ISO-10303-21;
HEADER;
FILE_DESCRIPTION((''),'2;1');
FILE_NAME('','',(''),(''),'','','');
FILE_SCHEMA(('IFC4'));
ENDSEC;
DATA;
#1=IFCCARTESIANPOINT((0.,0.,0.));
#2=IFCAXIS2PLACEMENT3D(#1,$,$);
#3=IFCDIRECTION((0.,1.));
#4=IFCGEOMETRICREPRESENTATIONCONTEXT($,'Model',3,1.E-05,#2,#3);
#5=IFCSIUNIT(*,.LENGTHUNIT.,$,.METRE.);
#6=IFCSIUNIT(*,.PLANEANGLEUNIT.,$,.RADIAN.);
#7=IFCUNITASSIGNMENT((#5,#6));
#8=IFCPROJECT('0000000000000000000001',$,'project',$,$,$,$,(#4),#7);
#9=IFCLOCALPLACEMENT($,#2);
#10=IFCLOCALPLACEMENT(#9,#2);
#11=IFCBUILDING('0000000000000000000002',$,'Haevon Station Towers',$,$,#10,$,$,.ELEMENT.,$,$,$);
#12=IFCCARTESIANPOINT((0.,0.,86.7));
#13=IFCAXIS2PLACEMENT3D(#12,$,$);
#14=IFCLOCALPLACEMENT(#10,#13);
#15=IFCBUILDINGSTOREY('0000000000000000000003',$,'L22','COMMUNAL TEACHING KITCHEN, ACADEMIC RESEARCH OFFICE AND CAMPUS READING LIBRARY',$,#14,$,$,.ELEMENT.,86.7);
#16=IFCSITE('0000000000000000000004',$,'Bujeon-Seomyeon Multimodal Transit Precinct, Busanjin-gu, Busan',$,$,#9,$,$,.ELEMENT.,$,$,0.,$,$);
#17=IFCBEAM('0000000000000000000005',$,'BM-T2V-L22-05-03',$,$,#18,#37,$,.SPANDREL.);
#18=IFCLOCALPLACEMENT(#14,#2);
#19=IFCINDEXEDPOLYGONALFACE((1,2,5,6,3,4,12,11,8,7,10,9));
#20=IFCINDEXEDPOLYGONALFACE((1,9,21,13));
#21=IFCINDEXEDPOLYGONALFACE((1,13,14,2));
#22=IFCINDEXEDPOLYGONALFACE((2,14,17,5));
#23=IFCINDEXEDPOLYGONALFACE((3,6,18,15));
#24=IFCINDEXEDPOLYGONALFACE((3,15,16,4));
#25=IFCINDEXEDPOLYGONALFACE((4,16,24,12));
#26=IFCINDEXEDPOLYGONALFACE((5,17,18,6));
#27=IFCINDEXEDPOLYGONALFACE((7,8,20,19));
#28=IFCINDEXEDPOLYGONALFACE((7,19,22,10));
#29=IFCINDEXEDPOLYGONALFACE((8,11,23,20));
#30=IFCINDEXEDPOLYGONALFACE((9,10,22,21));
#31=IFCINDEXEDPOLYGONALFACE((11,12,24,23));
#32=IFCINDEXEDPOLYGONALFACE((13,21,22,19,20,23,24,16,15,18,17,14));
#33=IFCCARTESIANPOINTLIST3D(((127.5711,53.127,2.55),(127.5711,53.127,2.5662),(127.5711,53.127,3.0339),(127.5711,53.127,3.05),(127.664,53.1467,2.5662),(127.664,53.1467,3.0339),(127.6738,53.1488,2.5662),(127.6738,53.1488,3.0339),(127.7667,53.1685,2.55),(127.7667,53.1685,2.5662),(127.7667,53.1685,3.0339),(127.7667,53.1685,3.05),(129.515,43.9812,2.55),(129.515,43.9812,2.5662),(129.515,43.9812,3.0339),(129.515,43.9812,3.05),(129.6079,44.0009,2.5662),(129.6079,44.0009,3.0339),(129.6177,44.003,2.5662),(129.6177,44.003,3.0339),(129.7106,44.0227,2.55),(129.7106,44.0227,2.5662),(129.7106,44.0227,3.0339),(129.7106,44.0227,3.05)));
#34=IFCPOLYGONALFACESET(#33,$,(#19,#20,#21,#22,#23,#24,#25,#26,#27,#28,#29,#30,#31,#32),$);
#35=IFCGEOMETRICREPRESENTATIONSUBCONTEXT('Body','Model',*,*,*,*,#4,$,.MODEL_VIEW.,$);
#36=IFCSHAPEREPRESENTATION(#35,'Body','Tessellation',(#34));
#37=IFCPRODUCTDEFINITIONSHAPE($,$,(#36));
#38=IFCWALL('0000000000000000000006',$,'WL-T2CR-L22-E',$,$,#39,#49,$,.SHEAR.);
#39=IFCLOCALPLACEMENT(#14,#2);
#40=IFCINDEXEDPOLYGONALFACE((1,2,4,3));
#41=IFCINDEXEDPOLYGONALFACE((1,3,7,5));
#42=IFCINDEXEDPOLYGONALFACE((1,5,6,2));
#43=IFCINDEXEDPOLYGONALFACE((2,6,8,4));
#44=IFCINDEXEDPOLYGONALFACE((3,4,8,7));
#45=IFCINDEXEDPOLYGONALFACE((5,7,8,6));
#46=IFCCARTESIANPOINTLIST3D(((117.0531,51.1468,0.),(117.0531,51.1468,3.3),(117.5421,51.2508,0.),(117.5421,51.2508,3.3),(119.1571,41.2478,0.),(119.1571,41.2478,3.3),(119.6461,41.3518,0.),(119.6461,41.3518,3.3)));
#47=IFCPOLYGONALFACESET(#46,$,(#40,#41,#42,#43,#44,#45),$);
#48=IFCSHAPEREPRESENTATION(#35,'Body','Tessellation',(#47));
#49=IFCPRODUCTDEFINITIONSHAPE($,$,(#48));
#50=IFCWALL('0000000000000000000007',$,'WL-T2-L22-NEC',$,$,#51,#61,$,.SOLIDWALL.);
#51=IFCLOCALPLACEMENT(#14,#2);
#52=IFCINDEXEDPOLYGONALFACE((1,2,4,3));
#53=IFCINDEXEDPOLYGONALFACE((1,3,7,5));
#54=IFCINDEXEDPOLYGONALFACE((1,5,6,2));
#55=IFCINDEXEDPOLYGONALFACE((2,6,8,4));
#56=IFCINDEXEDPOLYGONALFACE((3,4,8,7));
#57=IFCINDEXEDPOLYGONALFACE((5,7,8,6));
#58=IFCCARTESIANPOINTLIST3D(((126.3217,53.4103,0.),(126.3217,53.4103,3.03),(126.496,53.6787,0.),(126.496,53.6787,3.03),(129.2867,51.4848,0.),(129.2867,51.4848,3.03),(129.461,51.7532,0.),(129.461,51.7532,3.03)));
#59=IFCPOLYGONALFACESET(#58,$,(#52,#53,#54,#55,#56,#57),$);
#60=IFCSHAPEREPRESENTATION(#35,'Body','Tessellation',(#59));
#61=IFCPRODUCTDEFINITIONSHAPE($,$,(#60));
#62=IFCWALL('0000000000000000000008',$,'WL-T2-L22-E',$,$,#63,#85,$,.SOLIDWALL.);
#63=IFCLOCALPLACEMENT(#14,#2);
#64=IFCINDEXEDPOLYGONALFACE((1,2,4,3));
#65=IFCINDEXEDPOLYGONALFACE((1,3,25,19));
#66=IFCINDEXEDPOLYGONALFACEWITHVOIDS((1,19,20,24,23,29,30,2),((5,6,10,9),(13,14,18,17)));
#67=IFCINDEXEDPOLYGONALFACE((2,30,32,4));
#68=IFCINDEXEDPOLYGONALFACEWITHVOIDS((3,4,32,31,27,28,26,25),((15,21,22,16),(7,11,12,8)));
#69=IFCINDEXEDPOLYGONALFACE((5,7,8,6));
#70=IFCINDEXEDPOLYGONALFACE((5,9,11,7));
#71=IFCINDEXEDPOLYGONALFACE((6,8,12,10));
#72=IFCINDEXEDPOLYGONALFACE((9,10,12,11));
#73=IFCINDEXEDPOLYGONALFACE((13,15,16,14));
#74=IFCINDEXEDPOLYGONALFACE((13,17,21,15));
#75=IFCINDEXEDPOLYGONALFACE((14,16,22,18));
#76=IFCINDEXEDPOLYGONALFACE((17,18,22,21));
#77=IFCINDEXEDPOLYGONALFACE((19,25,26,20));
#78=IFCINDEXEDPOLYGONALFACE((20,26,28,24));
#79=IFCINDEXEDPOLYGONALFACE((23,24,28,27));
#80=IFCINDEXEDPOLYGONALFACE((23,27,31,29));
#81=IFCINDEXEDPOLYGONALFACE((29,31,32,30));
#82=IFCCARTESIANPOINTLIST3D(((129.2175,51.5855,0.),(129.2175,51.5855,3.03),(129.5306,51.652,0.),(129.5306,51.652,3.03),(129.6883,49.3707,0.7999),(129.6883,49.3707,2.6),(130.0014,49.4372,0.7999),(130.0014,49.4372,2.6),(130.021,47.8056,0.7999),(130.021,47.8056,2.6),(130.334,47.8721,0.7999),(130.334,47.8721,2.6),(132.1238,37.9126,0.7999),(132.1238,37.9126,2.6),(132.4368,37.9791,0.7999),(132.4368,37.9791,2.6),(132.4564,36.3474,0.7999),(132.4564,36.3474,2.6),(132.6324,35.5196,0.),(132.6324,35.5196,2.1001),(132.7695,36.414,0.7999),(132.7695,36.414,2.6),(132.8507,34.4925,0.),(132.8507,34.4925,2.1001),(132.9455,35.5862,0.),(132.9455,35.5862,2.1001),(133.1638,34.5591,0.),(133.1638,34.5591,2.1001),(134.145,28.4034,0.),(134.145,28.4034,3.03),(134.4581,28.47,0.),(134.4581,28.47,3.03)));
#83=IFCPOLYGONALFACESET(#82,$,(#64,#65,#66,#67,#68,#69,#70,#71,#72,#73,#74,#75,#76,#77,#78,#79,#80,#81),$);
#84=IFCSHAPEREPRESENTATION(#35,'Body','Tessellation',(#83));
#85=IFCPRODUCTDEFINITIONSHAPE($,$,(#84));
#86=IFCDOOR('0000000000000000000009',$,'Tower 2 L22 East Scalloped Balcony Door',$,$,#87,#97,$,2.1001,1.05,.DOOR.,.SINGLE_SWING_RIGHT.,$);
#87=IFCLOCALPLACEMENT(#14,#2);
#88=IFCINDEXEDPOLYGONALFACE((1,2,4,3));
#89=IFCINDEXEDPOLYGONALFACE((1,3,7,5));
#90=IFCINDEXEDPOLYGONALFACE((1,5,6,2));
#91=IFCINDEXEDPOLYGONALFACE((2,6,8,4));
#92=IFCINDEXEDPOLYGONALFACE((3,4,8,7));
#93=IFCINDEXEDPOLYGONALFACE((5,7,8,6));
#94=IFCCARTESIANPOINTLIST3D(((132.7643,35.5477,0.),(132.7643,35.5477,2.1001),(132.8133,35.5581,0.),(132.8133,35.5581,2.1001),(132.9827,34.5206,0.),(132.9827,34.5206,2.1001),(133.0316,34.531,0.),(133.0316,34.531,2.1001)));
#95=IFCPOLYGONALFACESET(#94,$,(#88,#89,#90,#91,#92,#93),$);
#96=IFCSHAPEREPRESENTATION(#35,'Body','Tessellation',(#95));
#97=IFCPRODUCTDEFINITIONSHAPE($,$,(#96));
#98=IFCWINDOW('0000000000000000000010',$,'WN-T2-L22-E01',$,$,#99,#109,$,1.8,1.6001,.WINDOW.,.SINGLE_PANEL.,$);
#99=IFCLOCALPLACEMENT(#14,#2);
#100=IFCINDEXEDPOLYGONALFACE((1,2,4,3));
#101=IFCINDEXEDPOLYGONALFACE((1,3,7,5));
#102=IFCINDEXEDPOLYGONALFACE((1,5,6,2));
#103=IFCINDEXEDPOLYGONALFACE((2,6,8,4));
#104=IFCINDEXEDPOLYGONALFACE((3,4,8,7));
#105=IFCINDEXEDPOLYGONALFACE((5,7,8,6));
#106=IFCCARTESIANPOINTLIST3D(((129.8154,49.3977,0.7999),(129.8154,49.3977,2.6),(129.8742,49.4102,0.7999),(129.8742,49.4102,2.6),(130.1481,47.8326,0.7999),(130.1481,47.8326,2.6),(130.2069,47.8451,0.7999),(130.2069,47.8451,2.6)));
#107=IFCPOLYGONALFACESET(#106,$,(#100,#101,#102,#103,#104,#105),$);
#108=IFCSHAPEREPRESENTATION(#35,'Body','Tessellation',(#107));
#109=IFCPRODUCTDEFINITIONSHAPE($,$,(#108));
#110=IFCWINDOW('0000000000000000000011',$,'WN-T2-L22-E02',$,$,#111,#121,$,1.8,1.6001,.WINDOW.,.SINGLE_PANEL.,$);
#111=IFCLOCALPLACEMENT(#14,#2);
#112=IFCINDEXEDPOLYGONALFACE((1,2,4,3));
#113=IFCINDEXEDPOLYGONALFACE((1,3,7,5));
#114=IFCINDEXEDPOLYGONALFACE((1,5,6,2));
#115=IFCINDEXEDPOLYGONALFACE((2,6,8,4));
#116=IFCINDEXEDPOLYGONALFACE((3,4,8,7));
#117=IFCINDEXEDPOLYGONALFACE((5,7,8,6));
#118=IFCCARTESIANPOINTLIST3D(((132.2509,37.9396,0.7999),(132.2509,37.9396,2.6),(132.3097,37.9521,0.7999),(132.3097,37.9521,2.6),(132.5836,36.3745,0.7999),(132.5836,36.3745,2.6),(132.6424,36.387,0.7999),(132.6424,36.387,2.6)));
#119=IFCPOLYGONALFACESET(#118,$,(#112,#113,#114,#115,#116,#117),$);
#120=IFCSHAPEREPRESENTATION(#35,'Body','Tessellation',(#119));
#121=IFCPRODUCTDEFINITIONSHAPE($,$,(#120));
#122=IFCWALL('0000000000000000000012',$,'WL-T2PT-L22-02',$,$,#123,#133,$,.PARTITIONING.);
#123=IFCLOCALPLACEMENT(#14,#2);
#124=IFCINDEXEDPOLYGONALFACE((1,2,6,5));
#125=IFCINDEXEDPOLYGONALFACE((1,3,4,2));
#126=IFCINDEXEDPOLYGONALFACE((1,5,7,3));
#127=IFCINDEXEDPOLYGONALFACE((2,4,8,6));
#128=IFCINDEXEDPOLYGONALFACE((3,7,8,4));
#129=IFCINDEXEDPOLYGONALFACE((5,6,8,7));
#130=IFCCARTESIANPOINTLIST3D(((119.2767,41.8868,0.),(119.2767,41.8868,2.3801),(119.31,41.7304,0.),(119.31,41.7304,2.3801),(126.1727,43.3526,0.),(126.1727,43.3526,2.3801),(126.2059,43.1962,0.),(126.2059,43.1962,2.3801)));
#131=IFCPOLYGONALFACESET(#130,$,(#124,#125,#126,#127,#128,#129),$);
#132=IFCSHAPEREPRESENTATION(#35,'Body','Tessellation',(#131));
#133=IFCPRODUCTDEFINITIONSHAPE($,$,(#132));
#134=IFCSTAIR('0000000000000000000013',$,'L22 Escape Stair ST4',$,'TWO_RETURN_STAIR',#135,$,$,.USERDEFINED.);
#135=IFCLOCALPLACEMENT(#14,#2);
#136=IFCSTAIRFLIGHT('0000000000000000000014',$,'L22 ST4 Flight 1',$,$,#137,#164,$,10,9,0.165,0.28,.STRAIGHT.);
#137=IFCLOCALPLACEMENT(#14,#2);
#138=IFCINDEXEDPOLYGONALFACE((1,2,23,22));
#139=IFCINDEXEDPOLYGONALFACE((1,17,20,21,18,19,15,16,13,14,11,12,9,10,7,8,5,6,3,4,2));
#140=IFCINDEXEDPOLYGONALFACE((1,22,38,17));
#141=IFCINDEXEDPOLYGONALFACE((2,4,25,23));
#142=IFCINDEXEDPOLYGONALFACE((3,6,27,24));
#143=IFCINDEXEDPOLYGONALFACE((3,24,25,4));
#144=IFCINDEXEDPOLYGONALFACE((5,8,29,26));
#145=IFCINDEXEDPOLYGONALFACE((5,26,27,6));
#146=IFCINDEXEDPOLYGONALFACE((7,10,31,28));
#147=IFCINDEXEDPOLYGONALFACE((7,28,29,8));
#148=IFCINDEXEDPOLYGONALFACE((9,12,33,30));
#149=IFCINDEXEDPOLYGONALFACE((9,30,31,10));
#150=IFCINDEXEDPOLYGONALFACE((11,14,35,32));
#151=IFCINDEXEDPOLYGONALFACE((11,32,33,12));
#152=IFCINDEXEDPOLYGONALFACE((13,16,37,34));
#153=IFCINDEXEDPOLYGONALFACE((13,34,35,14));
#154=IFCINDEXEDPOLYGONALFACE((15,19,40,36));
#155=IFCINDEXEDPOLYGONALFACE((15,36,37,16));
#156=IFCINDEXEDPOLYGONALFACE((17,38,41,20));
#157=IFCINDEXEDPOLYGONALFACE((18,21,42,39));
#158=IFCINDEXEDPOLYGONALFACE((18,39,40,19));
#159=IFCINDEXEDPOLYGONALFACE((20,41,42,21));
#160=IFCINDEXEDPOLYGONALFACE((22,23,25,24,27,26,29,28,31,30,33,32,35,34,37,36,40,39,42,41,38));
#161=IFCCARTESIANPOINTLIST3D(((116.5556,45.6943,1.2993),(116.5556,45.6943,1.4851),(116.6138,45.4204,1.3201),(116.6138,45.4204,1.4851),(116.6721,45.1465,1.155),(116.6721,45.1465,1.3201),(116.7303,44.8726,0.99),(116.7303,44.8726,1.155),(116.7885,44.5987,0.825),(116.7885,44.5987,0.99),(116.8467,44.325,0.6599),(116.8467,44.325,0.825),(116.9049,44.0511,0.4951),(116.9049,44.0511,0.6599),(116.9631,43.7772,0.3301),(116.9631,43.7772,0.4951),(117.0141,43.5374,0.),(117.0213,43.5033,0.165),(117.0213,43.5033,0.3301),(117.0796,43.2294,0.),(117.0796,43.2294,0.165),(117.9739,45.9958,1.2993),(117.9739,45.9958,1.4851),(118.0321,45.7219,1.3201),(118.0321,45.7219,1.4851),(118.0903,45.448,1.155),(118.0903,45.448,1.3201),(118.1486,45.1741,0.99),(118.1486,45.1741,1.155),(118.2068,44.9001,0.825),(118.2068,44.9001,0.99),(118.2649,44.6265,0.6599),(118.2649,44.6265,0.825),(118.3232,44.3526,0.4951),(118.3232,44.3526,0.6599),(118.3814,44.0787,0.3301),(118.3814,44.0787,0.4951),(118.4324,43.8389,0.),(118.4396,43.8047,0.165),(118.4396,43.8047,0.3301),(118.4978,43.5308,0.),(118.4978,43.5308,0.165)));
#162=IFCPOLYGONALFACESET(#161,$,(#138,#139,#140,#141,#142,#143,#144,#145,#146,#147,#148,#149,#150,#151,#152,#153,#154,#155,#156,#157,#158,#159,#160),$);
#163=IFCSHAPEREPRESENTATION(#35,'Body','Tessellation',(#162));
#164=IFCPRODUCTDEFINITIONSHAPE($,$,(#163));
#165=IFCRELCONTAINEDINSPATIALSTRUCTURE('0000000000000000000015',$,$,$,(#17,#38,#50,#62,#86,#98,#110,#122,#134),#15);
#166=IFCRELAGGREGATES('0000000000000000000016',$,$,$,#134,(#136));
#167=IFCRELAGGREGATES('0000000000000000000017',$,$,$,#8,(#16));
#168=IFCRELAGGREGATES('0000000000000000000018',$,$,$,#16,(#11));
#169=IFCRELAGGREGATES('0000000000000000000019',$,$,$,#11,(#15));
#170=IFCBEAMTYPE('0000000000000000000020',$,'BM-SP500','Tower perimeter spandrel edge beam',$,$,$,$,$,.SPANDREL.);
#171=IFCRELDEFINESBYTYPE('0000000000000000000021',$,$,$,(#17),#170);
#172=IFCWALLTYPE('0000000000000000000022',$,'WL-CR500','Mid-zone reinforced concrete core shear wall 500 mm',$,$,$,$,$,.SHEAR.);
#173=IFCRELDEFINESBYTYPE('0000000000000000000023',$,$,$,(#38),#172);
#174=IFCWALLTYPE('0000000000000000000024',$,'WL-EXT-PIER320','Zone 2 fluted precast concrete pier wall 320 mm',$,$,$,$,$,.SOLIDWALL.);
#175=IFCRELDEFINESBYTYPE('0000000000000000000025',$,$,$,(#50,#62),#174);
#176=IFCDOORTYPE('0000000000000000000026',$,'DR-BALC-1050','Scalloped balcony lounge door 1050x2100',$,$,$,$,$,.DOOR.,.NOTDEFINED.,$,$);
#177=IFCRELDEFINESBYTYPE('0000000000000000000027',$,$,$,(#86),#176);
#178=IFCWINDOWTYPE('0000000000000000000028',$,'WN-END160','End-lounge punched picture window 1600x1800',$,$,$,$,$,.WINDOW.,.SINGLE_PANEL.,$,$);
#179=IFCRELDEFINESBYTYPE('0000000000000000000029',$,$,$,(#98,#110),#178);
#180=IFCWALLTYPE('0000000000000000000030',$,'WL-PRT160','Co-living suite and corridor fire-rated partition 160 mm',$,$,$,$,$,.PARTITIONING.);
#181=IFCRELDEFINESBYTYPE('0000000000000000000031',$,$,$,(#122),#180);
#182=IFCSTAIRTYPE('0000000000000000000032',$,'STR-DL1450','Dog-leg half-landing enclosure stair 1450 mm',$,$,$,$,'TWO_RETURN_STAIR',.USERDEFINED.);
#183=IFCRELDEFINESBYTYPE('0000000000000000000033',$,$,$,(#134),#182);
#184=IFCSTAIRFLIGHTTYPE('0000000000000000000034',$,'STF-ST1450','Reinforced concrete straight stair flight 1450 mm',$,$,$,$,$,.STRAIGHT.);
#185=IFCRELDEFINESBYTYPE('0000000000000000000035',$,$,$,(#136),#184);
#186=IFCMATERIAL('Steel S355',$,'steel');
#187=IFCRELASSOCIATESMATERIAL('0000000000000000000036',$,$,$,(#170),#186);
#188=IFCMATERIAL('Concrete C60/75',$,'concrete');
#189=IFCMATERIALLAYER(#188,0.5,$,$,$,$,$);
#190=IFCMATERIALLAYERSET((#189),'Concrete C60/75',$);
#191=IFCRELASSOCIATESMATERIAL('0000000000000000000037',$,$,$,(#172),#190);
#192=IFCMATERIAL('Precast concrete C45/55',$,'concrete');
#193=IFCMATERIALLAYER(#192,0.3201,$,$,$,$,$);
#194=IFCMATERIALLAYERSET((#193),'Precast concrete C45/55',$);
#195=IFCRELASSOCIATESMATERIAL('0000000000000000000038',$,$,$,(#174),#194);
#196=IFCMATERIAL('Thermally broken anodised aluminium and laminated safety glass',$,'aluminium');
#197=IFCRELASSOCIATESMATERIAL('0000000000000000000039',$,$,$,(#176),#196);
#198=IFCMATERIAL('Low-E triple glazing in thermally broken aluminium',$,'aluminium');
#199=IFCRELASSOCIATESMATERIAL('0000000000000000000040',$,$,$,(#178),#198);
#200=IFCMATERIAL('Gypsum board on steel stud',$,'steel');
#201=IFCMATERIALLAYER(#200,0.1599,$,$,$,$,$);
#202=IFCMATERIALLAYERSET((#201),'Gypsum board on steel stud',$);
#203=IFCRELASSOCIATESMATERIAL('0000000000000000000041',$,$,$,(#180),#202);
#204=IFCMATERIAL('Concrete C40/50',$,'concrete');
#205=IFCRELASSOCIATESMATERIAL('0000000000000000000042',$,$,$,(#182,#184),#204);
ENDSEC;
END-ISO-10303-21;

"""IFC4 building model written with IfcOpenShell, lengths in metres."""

from ifc_helpers import new_model, si_unit, direction, frame, frame_2d, origin, origin_2d, place, context, subcontext, project, spatial, polyline, rectangle, i_section, outline, extrude, material, layer, layer_set, material_profile, profile_set, type_object, element, fill, aggregate, save


model = new_model("IFC4")

# Units and contexts
model_context = context("Model", 3, precision=1e-05, world=origin(), true_north=direction((0.0, 1.0)))
body_context = subcontext(model_context, "Body", "Model", "MODEL_VIEW")
ifc_project = project(units=[si_unit("LENGTHUNIT", "METRE"), si_unit("PLANEANGLEUNIT", "RADIAN")], contexts=[model_context])

# Site, building, storey
site_placement = place(None, origin())
site = spatial("IfcSite", under=ifc_project, at=site_placement, Name="Bujeon-Seomyeon Multimodal Transit Precinct, Busanjin-gu, Busan", CompositionType="ELEMENT", RefElevation=0.0)
building_placement = place(site_placement, origin())
building = spatial("IfcBuilding", under=site, at=building_placement, Name="Haevon Station Towers", CompositionType="ELEMENT")
storey_placement = place(building_placement, frame((0.0, 0.0, 86.7)))
storey = spatial("IfcBuildingStorey", under=building, at=storey_placement, Name="L22", Description="COMMUNAL TEACHING KITCHEN, ACADEMIC RESEARCH OFFICE AND CAMPUS READING LIBRARY", CompositionType="ELEMENT", Elevation=86.7)

# Beam
ifc_material_1 = material(Name="Steel S355", Category="steel")
ifc_material_profile_1 = material_profile(ifc_material_1, i_section(OverallWidth=0.2, OverallDepth=0.5, WebThickness=0.01, FlangeThickness=0.0161, at=origin_2d()), Name="H-500x200x10x16")
ifc_profile_set_1 = profile_set([ifc_material_profile_1], Name="Steel S355")
beam_type_1 = type_object("IfcBeamType", Name="BM-SP500", Description="Tower perimeter spandrel edge beam", PredefinedType="SPANDREL", material=ifc_profile_set_1)
beam_1_placement = place(storey_placement, frame((129.6128, 44.002, 2.8), z_axis=(-0.207897, 0.978151, 0.0), x_axis=(-0.978151, -0.207897, 0.0)))
element("IfcBeam", 1, at=beam_1_placement, inside=storey, type_object=beam_type_1, Name="BM-T2V-L22-05-03", PredefinedType="SPANDREL", context=body_context, shape_type="SweptSolid", body=[
    extrude(i_section(OverallWidth=0.2, OverallDepth=0.5, WebThickness=0.01, FlangeThickness=0.0161, at=origin_2d()), origin(), (0.0, 0.0, 1.0), 9.3501),
])

# Walls
ifc_material_2 = material(Name="Concrete C60/75", Category="concrete")
ifc_layer_1 = layer(ifc_material_2, 0.5)
ifc_layer_set_1 = layer_set([ifc_layer_1], Name="Concrete C60/75")
wall_type_1 = type_object("IfcWallType", Name="WL-CR500", Description="Mid-zone reinforced concrete core shear wall 500 mm", PredefinedType="SHEAR", material=ifc_layer_set_1)
wall_1_placement = place(storey_placement, frame((119.4016, 41.2998, 0.0), z_axis=(0.0, 0.0, 1.0), x_axis=(-0.207904, 0.978149, 0.0)))
element("IfcWall", 2, at=wall_1_placement, inside=storey, type_object=wall_type_1, Name="WL-T2CR-L22-E", PredefinedType="SHEAR", context=body_context, shape_type="SweptSolid", body=[
    extrude(rectangle(XDim=10.1201, YDim=0.5, at=frame_2d((5.0601, 0.0))), origin(), (0.0, 0.0, 1.0), 3.3),
])
ifc_material_3 = material(Name="Precast concrete C45/55", Category="concrete")
ifc_layer_2 = layer(ifc_material_3, 0.3201)
ifc_layer_set_2 = layer_set([ifc_layer_2], Name="Precast concrete C45/55")
wall_type_2 = type_object("IfcWallType", Name="WL-EXT-PIER320", Description="Zone 2 fluted precast concrete pier wall 320 mm", PredefinedType="SOLIDWALL", material=ifc_layer_set_2)
wall_2_placement = place(storey_placement, frame((126.4089, 53.5444, 0.0), z_axis=(0.0, 0.0, 1.0), x_axis=(0.838672, -0.544636, 0.0)))
element("IfcWall", 3, at=wall_2_placement, inside=storey, type_object=wall_type_2, Name="WL-T2-L22-NEC", PredefinedType="SOLIDWALL", context=body_context, shape_type="SweptSolid", body=[
    extrude(rectangle(XDim=3.5354, YDim=0.3201, at=frame_2d((1.7676, 0.0))), origin(), (0.0, 0.0, 1.0), 3.03),
])

# Wall, openings, door, windows
wall_3_placement = place(storey_placement, frame((129.374, 51.6189, 0.0), z_axis=(0.0, 0.0, 1.0), x_axis=(0.207911, -0.978148, 0.0)))
wall_3 = element("IfcWall", 4, at=wall_3_placement, inside=storey, type_object=wall_type_2, Name="WL-T2-L22-E", PredefinedType="SOLIDWALL", context=body_context, shape_type="SweptSolid", body=[
    extrude(rectangle(XDim=23.7, YDim=0.3201, at=frame_2d((11.8501, 0.0))), origin(), (0.0, 0.0, 1.0), 3.03),
])
opening_1_placement = place(wall_3_placement, frame((16.425, 0.0, 0.0)))
opening_1 = element("IfcOpeningElement", 5, at=opening_1_placement, cuts=wall_3, PredefinedType="OPENING", context=body_context, shape_type="SweptSolid", body=[
    extrude(rectangle(XDim=1.05, YDim=2.1001, at=frame_2d((0.5249, 1.05))), frame((0.0, 0.1699, 0.0), z_axis=(0.0, -1.0, 0.0), x_axis=(1.0, 0.0, 0.0)), (0.0, 0.0, 1.0), 0.3401),
])
opening_2_placement = place(wall_3_placement, frame((2.2644, 0.0, 0.8)))
opening_2 = element("IfcOpeningElement", 6, at=opening_2_placement, cuts=wall_3, PredefinedType="OPENING", context=body_context, shape_type="SweptSolid", body=[
    extrude(rectangle(XDim=1.6001, YDim=1.8, at=frame_2d((0.8, 0.8999))), frame((0.0, 0.1699, 0.0), z_axis=(0.0, -1.0, 0.0), x_axis=(1.0, 0.0, 0.0)), (0.0, 0.0, 1.0), 0.3401),
])
opening_3_placement = place(wall_3_placement, frame((13.9785, 0.0, 0.8)))
opening_3 = element("IfcOpeningElement", 7, at=opening_3_placement, cuts=wall_3, PredefinedType="OPENING", context=body_context, shape_type="SweptSolid", body=[
    extrude(rectangle(XDim=1.6001, YDim=1.8, at=frame_2d((0.8, 0.8999))), frame((0.0, 0.1699, 0.0), z_axis=(0.0, -1.0, 0.0), x_axis=(1.0, 0.0, 0.0)), (0.0, 0.0, 1.0), 0.3401),
])
ifc_material_4 = material(Name="Thermally broken anodised aluminium and laminated safety glass", Category="aluminium")
door_type = type_object("IfcDoorType", Name="DR-BALC-1050", Description="Scalloped balcony lounge door 1050x2100", OperationType="NOTDEFINED", PredefinedType="DOOR", material=ifc_material_4)
door_placement = place(opening_1_placement, origin())
door = element("IfcDoor", 8, at=door_placement, inside=storey, type_object=door_type, Name="Tower 2 L22 East Scalloped Balcony Door", OperationType="SINGLE_SWING_RIGHT", OverallHeight=2.1001, OverallWidth=1.05, PredefinedType="DOOR", context=body_context, shape_type="SweptSolid", body=[
    extrude(rectangle(XDim=1.05, YDim=2.1001, at=frame_2d((0.5249, 1.05))), frame((0.0, 0.0249, 0.0), z_axis=(0.0, -1.0, 0.0), x_axis=(1.0, 0.0, 0.0)), (0.0, 0.0, 1.0), 0.05),
])
fill(opening_1, door)
ifc_material_5 = material(Name="Low-E triple glazing in thermally broken aluminium", Category="aluminium")
window_type = type_object("IfcWindowType", Name="WN-END160", Description="End-lounge punched picture window 1600x1800", PartitioningType="SINGLE_PANEL", PredefinedType="WINDOW", material=ifc_material_5)
window_1_placement = place(opening_2_placement, origin())
window_1 = element("IfcWindow", 9, at=window_1_placement, inside=storey, type_object=window_type, Name="WN-T2-L22-E01", OverallHeight=1.8, OverallWidth=1.6001, PartitioningType="SINGLE_PANEL", PredefinedType="WINDOW", context=body_context, shape_type="SweptSolid", body=[
    extrude(rectangle(XDim=1.6001, YDim=1.8, at=frame_2d((0.8, 0.8999))), frame((0.0, 0.03, 0.0), z_axis=(0.0, -1.0, 0.0), x_axis=(1.0, 0.0, 0.0)), (0.0, 0.0, 1.0), 0.0601),
])
fill(opening_2, window_1)
window_2_placement = place(opening_3_placement, origin())
window_2 = element("IfcWindow", 10, at=window_2_placement, inside=storey, type_object=window_type, Name="WN-T2-L22-E02", OverallHeight=1.8, OverallWidth=1.6001, PartitioningType="SINGLE_PANEL", PredefinedType="WINDOW", context=body_context, shape_type="SweptSolid", body=[
    extrude(rectangle(XDim=1.6001, YDim=1.8, at=frame_2d((0.8, 0.8999))), frame((0.0, 0.03, 0.0), z_axis=(0.0, -1.0, 0.0), x_axis=(1.0, 0.0, 0.0)), (0.0, 0.0, 1.0), 0.0601),
])
fill(opening_3, window_2)

# Wall
ifc_material_6 = material(Name="Gypsum board on steel stud", Category="steel")
ifc_layer_3 = layer(ifc_material_6, 0.1599)
ifc_layer_set_3 = layer_set([ifc_layer_3], Name="Gypsum board on steel stud")
wall_type_3 = type_object("IfcWallType", Name="WL-PRT160", Description="Co-living suite and corridor fire-rated partition 160 mm", PredefinedType="PARTITIONING", material=ifc_layer_set_3)
wall_4_placement = place(storey_placement, frame((119.2935, 41.8086, 0.0), z_axis=(0.0, 0.0, 1.0), x_axis=(0.978147, 0.207916, 0.0)))
element("IfcWall", 11, at=wall_4_placement, inside=storey, type_object=wall_type_3, Name="WL-T2PT-L22-02", PredefinedType="PARTITIONING", context=body_context, shape_type="SweptSolid", body=[
    extrude(rectangle(XDim=7.05, YDim=0.1599, at=frame_2d((3.5249, 0.0))), origin(), (0.0, 0.0, 1.0), 2.3801),
])

# Stair, stair flight
ifc_material_7 = material(Name="Concrete C40/50", Category="concrete")
stair_type = type_object("IfcStairType", Name="STR-DL1450", Description="Dog-leg half-landing enclosure stair 1450 mm", ElementType="TWO_RETURN_STAIR", PredefinedType="USERDEFINED", material=ifc_material_7)
stair_placement = place(storey_placement, origin())
stair = element("IfcStair", 12, at=stair_placement, inside=storey, type_object=stair_type, Name="L22 Escape Stair ST4", ObjectType="TWO_RETURN_STAIR", PredefinedType="USERDEFINED")
stair_flight_type = type_object("IfcStairFlightType", Name="STF-ST1450", Description="Reinforced concrete straight stair flight 1450 mm", PredefinedType="STRAIGHT", material=ifc_material_7)
stair_flight_placement = place(storey_placement, frame((117.7888, 43.3801, 0.0), z_axis=(0.0, 0.0, 1.0), x_axis=(-0.207912, 0.978148, 0.0)))
stair_flight = element("IfcStairFlight", 13, at=stair_flight_placement, type_object=stair_flight_type, Name="L22 ST4 Flight 1", NumberOfRisers=10, NumberOfTreads=9, PredefinedType="STRAIGHT", RiserHeight=0.165, TreadLength=0.28, context=body_context, shape_type="SweptSolid", body=[
    extrude(outline(polyline([(0.0, 0.0), (0.0, 0.165), (0.28, 0.165), (0.28, 0.3301), (0.5601, 0.3301), (0.5601, 0.4951), (0.8401, 0.4951), (0.8401, 0.6599), (1.1201, 0.6599), (1.1201, 0.825), (1.3999, 0.825), (1.3999, 0.99), (1.6799, 0.99), (1.6799, 1.155), (1.96, 1.155), (1.96, 1.3201), (2.24, 1.3201), (2.24, 1.4851), (2.52, 1.4851), (2.52, 1.6499), (2.52, 1.2993), (0.3149, 0.0), (0.0, 0.0)])), frame((0.0, 0.7251, 0.0), z_axis=(0.0, -1.0, 0.0), x_axis=(1.0, 0.0, 0.0)), (0.0, 0.0, 1.0), 1.45),
])
aggregate(stair, [stair_flight])

save(model, "model.ifc")
